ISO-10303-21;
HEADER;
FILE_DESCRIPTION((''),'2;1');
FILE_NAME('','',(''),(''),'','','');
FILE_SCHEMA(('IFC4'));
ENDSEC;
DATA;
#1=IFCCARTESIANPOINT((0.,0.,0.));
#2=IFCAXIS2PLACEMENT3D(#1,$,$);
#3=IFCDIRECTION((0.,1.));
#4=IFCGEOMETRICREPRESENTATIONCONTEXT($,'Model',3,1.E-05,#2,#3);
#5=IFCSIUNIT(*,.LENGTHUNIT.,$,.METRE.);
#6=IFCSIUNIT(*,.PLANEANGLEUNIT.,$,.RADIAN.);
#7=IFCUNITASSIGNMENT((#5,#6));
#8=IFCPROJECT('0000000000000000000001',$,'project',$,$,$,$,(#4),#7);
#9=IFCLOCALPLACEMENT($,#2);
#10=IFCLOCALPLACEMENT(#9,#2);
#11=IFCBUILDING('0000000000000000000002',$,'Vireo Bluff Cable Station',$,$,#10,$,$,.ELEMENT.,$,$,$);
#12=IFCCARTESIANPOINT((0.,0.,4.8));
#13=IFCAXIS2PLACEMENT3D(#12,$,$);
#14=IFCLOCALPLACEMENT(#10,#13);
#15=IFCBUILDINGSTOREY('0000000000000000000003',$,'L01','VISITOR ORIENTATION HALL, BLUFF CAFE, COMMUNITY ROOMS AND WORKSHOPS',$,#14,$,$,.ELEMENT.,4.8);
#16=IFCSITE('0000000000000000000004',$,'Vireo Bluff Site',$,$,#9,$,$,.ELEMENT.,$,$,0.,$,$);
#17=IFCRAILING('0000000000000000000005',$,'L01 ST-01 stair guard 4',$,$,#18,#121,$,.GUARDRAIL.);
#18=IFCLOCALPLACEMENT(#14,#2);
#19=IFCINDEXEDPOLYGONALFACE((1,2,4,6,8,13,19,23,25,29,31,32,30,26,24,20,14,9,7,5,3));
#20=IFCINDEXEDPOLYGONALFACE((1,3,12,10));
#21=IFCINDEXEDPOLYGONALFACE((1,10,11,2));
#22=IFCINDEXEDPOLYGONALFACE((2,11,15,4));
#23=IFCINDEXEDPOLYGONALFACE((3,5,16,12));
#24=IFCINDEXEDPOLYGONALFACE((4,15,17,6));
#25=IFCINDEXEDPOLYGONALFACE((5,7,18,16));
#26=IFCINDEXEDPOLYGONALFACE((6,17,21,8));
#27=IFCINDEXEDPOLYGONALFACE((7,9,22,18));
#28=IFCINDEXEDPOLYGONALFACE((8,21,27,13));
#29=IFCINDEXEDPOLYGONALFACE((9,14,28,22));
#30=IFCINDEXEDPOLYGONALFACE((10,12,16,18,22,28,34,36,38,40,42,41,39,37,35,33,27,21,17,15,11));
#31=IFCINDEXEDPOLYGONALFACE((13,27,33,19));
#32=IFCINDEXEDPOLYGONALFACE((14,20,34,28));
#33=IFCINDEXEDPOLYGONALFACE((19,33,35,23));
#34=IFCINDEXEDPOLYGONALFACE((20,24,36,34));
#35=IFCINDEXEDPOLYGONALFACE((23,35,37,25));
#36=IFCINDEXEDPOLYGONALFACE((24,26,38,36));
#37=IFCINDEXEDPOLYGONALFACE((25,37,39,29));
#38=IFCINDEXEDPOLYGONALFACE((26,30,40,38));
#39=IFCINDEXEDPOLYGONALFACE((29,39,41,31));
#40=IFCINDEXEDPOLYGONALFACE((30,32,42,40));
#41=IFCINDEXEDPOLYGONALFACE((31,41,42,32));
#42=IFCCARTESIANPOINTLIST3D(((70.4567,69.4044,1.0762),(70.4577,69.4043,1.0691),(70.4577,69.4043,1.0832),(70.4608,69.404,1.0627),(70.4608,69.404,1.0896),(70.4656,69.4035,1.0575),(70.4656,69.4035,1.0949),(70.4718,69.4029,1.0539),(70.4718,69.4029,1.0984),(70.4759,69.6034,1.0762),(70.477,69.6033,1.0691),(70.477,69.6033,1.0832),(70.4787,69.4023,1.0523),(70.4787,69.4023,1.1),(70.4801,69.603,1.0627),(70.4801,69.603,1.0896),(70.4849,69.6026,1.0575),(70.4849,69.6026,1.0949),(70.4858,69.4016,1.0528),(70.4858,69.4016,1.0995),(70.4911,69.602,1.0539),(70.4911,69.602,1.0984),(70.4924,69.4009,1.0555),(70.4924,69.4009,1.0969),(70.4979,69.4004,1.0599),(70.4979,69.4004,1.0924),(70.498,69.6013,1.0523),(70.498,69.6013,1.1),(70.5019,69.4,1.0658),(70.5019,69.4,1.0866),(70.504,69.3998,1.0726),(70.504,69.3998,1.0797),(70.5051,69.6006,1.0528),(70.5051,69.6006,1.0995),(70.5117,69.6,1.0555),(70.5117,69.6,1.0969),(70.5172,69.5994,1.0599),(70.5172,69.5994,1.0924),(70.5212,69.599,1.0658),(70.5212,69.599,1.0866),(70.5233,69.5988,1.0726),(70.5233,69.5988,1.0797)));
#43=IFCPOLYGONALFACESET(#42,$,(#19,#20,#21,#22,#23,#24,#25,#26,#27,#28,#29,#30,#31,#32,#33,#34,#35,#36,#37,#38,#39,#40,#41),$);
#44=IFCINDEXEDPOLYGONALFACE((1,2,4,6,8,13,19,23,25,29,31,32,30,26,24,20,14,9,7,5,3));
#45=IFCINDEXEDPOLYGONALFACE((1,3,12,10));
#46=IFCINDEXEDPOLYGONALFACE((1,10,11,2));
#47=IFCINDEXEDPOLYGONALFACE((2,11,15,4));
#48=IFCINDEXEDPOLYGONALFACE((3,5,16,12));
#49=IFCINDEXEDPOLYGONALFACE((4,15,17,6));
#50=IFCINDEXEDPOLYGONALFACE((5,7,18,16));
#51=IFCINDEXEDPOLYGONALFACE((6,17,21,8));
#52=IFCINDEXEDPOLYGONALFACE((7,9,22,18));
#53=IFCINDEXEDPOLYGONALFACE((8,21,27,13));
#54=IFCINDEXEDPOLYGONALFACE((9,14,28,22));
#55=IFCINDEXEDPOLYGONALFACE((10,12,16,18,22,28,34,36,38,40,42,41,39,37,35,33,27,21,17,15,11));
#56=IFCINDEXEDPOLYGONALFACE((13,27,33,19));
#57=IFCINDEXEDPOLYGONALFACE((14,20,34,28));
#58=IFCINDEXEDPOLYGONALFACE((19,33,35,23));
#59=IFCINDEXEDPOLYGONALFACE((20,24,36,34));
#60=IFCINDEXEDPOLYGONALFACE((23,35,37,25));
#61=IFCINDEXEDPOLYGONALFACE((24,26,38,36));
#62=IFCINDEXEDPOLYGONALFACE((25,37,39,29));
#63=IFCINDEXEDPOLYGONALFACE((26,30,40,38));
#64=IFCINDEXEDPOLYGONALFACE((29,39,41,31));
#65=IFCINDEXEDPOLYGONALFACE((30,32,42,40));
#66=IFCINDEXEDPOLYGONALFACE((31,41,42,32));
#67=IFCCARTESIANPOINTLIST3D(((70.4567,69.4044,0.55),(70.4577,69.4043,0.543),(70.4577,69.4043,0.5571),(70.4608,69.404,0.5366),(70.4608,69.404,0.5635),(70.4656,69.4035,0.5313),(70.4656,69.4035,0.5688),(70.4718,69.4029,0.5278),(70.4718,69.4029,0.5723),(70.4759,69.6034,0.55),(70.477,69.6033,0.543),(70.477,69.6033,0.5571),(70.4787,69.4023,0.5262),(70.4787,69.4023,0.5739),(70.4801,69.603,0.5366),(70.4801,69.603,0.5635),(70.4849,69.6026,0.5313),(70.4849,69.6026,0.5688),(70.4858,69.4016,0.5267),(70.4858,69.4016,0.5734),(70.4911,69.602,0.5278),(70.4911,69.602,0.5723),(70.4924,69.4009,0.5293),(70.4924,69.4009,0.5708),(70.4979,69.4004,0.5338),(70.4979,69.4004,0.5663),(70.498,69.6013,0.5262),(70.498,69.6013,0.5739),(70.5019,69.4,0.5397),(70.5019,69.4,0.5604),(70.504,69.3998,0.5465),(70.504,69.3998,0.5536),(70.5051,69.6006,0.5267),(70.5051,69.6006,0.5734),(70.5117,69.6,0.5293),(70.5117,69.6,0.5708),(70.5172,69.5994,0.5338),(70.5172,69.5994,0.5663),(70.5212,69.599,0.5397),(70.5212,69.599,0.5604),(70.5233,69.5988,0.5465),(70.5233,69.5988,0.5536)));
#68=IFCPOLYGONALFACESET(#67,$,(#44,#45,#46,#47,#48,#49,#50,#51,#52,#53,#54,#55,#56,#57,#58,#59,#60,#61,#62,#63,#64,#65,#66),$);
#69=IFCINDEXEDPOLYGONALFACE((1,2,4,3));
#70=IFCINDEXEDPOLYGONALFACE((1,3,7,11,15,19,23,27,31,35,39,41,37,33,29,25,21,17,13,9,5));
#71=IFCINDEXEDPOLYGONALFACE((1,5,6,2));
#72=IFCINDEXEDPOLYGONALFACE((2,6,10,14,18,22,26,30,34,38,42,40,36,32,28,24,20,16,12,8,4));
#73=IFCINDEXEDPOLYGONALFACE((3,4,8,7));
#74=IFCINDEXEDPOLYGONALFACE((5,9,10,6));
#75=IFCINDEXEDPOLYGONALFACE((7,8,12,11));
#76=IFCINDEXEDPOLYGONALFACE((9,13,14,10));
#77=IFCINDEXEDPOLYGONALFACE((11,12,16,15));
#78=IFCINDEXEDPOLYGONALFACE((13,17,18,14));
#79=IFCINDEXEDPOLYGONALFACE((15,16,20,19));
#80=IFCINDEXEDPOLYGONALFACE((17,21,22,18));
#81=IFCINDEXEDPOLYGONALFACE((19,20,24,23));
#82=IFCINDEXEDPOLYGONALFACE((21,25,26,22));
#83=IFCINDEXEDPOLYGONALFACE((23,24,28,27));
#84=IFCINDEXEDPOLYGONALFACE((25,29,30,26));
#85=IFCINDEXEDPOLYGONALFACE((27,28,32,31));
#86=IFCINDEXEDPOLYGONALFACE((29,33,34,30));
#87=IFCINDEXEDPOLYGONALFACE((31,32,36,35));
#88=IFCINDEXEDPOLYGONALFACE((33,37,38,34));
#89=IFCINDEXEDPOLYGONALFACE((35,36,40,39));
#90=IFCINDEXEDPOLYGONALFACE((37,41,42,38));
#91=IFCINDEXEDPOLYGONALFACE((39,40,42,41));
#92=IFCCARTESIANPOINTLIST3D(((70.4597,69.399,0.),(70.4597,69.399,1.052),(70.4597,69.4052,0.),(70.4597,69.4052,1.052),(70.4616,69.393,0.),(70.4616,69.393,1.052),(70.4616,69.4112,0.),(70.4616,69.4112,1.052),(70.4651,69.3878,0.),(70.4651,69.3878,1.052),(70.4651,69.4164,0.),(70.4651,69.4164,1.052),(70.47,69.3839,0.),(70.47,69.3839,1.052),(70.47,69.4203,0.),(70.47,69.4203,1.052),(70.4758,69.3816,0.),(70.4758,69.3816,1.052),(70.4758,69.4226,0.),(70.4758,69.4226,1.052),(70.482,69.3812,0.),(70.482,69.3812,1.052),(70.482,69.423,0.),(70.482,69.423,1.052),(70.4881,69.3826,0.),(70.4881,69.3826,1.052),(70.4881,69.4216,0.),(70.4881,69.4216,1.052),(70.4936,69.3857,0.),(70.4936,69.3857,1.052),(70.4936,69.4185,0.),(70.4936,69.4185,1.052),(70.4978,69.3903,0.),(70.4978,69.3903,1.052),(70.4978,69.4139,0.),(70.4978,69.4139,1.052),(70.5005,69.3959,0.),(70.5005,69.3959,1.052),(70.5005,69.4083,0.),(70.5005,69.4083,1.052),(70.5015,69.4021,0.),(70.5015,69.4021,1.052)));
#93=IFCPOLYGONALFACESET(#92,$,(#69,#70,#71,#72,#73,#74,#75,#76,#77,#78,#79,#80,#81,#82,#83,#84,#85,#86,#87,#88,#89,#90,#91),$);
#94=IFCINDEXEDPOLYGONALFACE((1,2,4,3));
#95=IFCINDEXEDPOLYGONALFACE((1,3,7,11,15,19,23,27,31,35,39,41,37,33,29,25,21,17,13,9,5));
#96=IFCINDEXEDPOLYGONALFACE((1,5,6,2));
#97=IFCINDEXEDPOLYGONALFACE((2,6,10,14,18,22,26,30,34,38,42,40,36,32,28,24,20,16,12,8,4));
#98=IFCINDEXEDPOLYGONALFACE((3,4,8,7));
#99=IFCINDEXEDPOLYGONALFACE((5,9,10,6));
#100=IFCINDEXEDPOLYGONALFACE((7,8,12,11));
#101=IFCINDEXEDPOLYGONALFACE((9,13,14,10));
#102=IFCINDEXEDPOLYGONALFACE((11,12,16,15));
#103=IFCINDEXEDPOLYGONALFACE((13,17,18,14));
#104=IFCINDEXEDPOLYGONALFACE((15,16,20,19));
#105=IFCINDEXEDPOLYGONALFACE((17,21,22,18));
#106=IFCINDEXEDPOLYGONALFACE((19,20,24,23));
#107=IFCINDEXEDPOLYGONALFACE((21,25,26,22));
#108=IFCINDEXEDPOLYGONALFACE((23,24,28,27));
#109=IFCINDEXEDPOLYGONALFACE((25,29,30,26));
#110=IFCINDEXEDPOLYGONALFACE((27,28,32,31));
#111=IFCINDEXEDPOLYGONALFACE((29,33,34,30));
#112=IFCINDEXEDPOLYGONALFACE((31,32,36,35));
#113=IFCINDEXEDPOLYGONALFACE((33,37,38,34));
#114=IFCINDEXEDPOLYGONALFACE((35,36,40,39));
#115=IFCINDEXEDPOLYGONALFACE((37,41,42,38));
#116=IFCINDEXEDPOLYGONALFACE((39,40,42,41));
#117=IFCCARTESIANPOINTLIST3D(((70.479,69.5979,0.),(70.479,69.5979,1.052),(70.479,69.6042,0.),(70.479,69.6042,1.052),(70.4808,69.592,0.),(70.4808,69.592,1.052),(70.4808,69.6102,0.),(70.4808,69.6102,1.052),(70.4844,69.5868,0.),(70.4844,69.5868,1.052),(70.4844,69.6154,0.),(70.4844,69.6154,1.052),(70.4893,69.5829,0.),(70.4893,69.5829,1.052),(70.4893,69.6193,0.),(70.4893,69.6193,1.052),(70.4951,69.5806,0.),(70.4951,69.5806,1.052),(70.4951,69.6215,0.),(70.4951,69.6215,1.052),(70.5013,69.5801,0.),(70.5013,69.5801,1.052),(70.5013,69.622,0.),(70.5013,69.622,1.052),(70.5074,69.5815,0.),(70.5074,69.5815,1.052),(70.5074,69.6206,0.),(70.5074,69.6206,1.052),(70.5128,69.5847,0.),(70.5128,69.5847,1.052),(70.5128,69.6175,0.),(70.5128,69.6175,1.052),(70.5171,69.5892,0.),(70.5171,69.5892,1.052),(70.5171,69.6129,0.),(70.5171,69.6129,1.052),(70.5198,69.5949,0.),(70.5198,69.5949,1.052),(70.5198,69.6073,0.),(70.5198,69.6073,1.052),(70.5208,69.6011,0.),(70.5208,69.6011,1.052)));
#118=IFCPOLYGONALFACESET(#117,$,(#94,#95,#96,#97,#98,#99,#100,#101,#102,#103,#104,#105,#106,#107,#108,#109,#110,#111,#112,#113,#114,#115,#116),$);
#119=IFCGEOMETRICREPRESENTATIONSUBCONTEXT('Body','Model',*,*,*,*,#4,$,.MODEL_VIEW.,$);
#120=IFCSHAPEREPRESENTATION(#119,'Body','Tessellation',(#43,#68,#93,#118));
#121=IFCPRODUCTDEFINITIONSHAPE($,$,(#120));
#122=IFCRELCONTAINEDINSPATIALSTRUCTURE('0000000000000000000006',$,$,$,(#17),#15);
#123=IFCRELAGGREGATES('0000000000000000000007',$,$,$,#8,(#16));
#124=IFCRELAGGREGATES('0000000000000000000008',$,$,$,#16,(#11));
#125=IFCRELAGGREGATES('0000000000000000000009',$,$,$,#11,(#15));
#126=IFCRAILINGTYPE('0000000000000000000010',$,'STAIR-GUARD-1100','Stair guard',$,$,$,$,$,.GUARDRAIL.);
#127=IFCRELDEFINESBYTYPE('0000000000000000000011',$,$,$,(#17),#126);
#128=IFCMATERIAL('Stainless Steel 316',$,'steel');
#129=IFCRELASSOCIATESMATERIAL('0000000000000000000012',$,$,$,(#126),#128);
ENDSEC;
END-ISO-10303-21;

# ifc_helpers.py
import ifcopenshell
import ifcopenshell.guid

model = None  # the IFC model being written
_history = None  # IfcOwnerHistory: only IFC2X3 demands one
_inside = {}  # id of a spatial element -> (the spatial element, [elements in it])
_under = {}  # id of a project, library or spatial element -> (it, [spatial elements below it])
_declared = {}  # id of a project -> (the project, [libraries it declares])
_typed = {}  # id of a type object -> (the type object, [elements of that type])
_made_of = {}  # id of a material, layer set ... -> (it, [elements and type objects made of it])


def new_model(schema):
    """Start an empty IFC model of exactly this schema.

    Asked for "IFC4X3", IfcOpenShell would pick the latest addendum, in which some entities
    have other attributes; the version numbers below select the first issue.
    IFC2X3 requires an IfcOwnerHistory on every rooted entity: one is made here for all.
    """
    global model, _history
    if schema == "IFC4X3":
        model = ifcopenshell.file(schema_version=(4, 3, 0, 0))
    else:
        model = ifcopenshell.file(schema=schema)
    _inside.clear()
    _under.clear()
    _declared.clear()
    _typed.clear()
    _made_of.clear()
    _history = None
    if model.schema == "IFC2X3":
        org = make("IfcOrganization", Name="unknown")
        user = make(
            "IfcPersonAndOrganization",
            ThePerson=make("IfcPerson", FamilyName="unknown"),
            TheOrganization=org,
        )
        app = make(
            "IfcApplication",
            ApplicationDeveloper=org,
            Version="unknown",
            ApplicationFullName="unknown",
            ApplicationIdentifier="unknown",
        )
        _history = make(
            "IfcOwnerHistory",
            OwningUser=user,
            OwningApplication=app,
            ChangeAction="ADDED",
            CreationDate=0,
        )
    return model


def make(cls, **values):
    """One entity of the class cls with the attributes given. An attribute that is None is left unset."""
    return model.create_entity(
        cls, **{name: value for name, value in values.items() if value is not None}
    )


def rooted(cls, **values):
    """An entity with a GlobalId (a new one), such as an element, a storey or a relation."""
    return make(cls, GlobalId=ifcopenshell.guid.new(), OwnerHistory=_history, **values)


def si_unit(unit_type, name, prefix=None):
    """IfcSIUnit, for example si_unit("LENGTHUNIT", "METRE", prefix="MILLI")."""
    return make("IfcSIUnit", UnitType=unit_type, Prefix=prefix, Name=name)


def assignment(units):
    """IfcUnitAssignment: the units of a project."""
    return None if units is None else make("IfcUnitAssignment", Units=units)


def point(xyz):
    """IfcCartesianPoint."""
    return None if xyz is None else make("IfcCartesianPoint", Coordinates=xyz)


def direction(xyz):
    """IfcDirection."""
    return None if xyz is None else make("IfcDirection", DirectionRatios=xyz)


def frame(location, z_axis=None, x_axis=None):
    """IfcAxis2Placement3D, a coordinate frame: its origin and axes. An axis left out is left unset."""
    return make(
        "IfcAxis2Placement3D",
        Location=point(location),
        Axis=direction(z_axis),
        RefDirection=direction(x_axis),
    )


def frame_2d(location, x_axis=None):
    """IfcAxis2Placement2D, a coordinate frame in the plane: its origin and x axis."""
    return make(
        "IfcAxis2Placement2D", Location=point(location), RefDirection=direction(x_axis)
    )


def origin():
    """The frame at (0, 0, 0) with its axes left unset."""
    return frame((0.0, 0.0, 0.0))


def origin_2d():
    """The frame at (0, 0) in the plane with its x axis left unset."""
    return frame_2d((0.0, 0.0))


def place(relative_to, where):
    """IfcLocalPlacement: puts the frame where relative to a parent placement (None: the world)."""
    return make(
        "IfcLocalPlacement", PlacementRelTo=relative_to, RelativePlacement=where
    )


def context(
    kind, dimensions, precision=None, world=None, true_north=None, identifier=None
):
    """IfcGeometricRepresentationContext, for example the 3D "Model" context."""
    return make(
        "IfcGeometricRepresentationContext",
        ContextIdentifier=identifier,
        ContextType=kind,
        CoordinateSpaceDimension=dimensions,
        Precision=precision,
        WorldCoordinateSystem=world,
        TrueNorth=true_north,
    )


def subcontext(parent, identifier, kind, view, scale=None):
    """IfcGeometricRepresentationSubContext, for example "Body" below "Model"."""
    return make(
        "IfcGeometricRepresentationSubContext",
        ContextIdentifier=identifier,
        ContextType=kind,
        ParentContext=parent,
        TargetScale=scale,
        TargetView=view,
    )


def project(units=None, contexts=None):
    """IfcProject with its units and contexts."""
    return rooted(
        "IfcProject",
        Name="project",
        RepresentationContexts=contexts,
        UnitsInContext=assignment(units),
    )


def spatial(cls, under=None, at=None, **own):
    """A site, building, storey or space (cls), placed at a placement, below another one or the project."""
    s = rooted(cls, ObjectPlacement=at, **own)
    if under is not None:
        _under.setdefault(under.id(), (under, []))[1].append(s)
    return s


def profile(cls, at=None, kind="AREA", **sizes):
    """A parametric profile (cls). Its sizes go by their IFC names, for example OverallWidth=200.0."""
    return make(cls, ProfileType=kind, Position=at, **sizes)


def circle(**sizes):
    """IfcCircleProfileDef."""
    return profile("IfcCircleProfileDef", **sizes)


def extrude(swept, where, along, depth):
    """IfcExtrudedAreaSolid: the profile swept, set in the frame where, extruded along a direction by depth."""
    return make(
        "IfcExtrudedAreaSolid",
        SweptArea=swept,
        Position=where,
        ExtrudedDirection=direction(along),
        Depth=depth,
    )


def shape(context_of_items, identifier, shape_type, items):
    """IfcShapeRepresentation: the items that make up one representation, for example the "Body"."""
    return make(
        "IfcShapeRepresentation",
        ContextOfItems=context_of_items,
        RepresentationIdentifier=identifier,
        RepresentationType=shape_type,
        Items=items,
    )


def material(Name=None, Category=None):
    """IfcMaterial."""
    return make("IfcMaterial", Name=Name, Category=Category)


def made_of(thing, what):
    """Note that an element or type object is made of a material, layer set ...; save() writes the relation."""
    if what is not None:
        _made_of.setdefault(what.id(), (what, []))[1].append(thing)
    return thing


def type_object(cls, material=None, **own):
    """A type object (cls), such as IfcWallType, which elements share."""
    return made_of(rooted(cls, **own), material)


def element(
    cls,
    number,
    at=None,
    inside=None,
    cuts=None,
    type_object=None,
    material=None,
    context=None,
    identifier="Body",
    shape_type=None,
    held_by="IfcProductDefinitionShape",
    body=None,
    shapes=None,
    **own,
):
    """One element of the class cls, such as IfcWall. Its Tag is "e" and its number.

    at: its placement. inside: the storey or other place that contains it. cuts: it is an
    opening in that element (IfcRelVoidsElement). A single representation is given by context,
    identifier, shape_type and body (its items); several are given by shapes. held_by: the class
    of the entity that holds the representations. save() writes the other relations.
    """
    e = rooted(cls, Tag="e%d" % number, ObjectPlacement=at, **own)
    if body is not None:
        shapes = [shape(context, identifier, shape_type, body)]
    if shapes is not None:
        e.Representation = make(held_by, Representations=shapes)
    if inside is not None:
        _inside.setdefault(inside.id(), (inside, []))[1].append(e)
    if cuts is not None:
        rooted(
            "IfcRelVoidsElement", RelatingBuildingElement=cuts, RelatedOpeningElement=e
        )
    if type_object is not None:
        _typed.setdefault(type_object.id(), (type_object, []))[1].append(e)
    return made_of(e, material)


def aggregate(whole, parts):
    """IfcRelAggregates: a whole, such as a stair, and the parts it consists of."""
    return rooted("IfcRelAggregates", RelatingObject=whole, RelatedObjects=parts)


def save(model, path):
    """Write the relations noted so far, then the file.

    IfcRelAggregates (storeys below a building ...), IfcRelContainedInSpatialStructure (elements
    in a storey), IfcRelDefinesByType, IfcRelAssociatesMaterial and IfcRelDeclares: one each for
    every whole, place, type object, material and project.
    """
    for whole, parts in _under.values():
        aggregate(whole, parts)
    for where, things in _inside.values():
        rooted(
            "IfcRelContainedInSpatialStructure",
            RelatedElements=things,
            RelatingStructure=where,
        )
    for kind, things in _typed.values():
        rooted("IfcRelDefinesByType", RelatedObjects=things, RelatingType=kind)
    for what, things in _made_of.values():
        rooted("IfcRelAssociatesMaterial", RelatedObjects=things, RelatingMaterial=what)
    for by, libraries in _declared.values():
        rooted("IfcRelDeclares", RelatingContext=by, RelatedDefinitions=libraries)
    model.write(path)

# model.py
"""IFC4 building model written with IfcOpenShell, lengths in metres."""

from ifc_helpers import new_model, si_unit, direction, frame, origin, origin_2d, place, context, subcontext, project, spatial, circle, extrude, material, type_object, element, save


model = new_model("IFC4")

# Units and contexts
model_context = context("Model", 3, precision=1e-05, world=origin(), true_north=direction((0.0, 1.0)))
body_context = subcontext(model_context, "Body", "Model", "MODEL_VIEW")
ifc_project = project(units=[si_unit("LENGTHUNIT", "METRE"), si_unit("PLANEANGLEUNIT", "RADIAN")], contexts=[model_context])

# Site, building, storey
site_placement = place(None, origin())
site = spatial("IfcSite", under=ifc_project, at=site_placement, Name="Vireo Bluff Site", CompositionType="ELEMENT", RefElevation=0.0)
building_placement = place(site_placement, origin())
building = spatial("IfcBuilding", under=site, at=building_placement, Name="Vireo Bluff Cable Station", CompositionType="ELEMENT")
storey_placement = place(building_placement, frame((0.0, 0.0, 4.8)))
storey = spatial("IfcBuildingStorey", under=building, at=storey_placement, Name="L01", Description="VISITOR ORIENTATION HALL, BLUFF CAFE, COMMUNITY ROOMS AND WORKSHOPS", CompositionType="ELEMENT", Elevation=4.8)

# Shared definitions
ifc_material_1 = material(Name="Stainless Steel 316", Category="steel")

# Railing
railing_type_1 = type_object("IfcRailingType", Name="STAIR-GUARD-1100", Description="Stair guard", PredefinedType="GUARDRAIL", material=ifc_material_1)
railing_1_placement = place(storey_placement, frame((70.4805, 69.4021, 0.0)))
element("IfcRailing", 1, at=railing_1_placement, inside=storey, type_object=railing_type_1, Name="L01 ST-01 stair guard 4", PredefinedType="GUARDRAIL", context=body_context, shape_type="SweptSolid", body=[
    extrude(circle(Radius=0.0239, at=origin_2d()), frame((0.0, 0.0, 1.0762), z_axis=(0.09648, 0.995335, 0.0), x_axis=(-0.995335, 0.09648, 0.0)), (0.0, 0.0, 1.0), 0.2),
    extrude(circle(Radius=0.0239, at=origin_2d()), frame((0.0, 0.0, 0.55), z_axis=(0.09648, 0.995335, 0.0), x_axis=(-0.995335, 0.09648, 0.0)), (0.0, 0.0, 1.0), 0.2),
    extrude(circle(Radius=0.021, at=origin_2d()), origin(), (0.0, 0.0, 1.0), 1.052),
    extrude(circle(Radius=0.021, at=origin_2d()), frame((0.0193, 0.199, 0.0)), (0.0, 0.0, 1.0), 1.052),
])

save(model, "model.ifc")
